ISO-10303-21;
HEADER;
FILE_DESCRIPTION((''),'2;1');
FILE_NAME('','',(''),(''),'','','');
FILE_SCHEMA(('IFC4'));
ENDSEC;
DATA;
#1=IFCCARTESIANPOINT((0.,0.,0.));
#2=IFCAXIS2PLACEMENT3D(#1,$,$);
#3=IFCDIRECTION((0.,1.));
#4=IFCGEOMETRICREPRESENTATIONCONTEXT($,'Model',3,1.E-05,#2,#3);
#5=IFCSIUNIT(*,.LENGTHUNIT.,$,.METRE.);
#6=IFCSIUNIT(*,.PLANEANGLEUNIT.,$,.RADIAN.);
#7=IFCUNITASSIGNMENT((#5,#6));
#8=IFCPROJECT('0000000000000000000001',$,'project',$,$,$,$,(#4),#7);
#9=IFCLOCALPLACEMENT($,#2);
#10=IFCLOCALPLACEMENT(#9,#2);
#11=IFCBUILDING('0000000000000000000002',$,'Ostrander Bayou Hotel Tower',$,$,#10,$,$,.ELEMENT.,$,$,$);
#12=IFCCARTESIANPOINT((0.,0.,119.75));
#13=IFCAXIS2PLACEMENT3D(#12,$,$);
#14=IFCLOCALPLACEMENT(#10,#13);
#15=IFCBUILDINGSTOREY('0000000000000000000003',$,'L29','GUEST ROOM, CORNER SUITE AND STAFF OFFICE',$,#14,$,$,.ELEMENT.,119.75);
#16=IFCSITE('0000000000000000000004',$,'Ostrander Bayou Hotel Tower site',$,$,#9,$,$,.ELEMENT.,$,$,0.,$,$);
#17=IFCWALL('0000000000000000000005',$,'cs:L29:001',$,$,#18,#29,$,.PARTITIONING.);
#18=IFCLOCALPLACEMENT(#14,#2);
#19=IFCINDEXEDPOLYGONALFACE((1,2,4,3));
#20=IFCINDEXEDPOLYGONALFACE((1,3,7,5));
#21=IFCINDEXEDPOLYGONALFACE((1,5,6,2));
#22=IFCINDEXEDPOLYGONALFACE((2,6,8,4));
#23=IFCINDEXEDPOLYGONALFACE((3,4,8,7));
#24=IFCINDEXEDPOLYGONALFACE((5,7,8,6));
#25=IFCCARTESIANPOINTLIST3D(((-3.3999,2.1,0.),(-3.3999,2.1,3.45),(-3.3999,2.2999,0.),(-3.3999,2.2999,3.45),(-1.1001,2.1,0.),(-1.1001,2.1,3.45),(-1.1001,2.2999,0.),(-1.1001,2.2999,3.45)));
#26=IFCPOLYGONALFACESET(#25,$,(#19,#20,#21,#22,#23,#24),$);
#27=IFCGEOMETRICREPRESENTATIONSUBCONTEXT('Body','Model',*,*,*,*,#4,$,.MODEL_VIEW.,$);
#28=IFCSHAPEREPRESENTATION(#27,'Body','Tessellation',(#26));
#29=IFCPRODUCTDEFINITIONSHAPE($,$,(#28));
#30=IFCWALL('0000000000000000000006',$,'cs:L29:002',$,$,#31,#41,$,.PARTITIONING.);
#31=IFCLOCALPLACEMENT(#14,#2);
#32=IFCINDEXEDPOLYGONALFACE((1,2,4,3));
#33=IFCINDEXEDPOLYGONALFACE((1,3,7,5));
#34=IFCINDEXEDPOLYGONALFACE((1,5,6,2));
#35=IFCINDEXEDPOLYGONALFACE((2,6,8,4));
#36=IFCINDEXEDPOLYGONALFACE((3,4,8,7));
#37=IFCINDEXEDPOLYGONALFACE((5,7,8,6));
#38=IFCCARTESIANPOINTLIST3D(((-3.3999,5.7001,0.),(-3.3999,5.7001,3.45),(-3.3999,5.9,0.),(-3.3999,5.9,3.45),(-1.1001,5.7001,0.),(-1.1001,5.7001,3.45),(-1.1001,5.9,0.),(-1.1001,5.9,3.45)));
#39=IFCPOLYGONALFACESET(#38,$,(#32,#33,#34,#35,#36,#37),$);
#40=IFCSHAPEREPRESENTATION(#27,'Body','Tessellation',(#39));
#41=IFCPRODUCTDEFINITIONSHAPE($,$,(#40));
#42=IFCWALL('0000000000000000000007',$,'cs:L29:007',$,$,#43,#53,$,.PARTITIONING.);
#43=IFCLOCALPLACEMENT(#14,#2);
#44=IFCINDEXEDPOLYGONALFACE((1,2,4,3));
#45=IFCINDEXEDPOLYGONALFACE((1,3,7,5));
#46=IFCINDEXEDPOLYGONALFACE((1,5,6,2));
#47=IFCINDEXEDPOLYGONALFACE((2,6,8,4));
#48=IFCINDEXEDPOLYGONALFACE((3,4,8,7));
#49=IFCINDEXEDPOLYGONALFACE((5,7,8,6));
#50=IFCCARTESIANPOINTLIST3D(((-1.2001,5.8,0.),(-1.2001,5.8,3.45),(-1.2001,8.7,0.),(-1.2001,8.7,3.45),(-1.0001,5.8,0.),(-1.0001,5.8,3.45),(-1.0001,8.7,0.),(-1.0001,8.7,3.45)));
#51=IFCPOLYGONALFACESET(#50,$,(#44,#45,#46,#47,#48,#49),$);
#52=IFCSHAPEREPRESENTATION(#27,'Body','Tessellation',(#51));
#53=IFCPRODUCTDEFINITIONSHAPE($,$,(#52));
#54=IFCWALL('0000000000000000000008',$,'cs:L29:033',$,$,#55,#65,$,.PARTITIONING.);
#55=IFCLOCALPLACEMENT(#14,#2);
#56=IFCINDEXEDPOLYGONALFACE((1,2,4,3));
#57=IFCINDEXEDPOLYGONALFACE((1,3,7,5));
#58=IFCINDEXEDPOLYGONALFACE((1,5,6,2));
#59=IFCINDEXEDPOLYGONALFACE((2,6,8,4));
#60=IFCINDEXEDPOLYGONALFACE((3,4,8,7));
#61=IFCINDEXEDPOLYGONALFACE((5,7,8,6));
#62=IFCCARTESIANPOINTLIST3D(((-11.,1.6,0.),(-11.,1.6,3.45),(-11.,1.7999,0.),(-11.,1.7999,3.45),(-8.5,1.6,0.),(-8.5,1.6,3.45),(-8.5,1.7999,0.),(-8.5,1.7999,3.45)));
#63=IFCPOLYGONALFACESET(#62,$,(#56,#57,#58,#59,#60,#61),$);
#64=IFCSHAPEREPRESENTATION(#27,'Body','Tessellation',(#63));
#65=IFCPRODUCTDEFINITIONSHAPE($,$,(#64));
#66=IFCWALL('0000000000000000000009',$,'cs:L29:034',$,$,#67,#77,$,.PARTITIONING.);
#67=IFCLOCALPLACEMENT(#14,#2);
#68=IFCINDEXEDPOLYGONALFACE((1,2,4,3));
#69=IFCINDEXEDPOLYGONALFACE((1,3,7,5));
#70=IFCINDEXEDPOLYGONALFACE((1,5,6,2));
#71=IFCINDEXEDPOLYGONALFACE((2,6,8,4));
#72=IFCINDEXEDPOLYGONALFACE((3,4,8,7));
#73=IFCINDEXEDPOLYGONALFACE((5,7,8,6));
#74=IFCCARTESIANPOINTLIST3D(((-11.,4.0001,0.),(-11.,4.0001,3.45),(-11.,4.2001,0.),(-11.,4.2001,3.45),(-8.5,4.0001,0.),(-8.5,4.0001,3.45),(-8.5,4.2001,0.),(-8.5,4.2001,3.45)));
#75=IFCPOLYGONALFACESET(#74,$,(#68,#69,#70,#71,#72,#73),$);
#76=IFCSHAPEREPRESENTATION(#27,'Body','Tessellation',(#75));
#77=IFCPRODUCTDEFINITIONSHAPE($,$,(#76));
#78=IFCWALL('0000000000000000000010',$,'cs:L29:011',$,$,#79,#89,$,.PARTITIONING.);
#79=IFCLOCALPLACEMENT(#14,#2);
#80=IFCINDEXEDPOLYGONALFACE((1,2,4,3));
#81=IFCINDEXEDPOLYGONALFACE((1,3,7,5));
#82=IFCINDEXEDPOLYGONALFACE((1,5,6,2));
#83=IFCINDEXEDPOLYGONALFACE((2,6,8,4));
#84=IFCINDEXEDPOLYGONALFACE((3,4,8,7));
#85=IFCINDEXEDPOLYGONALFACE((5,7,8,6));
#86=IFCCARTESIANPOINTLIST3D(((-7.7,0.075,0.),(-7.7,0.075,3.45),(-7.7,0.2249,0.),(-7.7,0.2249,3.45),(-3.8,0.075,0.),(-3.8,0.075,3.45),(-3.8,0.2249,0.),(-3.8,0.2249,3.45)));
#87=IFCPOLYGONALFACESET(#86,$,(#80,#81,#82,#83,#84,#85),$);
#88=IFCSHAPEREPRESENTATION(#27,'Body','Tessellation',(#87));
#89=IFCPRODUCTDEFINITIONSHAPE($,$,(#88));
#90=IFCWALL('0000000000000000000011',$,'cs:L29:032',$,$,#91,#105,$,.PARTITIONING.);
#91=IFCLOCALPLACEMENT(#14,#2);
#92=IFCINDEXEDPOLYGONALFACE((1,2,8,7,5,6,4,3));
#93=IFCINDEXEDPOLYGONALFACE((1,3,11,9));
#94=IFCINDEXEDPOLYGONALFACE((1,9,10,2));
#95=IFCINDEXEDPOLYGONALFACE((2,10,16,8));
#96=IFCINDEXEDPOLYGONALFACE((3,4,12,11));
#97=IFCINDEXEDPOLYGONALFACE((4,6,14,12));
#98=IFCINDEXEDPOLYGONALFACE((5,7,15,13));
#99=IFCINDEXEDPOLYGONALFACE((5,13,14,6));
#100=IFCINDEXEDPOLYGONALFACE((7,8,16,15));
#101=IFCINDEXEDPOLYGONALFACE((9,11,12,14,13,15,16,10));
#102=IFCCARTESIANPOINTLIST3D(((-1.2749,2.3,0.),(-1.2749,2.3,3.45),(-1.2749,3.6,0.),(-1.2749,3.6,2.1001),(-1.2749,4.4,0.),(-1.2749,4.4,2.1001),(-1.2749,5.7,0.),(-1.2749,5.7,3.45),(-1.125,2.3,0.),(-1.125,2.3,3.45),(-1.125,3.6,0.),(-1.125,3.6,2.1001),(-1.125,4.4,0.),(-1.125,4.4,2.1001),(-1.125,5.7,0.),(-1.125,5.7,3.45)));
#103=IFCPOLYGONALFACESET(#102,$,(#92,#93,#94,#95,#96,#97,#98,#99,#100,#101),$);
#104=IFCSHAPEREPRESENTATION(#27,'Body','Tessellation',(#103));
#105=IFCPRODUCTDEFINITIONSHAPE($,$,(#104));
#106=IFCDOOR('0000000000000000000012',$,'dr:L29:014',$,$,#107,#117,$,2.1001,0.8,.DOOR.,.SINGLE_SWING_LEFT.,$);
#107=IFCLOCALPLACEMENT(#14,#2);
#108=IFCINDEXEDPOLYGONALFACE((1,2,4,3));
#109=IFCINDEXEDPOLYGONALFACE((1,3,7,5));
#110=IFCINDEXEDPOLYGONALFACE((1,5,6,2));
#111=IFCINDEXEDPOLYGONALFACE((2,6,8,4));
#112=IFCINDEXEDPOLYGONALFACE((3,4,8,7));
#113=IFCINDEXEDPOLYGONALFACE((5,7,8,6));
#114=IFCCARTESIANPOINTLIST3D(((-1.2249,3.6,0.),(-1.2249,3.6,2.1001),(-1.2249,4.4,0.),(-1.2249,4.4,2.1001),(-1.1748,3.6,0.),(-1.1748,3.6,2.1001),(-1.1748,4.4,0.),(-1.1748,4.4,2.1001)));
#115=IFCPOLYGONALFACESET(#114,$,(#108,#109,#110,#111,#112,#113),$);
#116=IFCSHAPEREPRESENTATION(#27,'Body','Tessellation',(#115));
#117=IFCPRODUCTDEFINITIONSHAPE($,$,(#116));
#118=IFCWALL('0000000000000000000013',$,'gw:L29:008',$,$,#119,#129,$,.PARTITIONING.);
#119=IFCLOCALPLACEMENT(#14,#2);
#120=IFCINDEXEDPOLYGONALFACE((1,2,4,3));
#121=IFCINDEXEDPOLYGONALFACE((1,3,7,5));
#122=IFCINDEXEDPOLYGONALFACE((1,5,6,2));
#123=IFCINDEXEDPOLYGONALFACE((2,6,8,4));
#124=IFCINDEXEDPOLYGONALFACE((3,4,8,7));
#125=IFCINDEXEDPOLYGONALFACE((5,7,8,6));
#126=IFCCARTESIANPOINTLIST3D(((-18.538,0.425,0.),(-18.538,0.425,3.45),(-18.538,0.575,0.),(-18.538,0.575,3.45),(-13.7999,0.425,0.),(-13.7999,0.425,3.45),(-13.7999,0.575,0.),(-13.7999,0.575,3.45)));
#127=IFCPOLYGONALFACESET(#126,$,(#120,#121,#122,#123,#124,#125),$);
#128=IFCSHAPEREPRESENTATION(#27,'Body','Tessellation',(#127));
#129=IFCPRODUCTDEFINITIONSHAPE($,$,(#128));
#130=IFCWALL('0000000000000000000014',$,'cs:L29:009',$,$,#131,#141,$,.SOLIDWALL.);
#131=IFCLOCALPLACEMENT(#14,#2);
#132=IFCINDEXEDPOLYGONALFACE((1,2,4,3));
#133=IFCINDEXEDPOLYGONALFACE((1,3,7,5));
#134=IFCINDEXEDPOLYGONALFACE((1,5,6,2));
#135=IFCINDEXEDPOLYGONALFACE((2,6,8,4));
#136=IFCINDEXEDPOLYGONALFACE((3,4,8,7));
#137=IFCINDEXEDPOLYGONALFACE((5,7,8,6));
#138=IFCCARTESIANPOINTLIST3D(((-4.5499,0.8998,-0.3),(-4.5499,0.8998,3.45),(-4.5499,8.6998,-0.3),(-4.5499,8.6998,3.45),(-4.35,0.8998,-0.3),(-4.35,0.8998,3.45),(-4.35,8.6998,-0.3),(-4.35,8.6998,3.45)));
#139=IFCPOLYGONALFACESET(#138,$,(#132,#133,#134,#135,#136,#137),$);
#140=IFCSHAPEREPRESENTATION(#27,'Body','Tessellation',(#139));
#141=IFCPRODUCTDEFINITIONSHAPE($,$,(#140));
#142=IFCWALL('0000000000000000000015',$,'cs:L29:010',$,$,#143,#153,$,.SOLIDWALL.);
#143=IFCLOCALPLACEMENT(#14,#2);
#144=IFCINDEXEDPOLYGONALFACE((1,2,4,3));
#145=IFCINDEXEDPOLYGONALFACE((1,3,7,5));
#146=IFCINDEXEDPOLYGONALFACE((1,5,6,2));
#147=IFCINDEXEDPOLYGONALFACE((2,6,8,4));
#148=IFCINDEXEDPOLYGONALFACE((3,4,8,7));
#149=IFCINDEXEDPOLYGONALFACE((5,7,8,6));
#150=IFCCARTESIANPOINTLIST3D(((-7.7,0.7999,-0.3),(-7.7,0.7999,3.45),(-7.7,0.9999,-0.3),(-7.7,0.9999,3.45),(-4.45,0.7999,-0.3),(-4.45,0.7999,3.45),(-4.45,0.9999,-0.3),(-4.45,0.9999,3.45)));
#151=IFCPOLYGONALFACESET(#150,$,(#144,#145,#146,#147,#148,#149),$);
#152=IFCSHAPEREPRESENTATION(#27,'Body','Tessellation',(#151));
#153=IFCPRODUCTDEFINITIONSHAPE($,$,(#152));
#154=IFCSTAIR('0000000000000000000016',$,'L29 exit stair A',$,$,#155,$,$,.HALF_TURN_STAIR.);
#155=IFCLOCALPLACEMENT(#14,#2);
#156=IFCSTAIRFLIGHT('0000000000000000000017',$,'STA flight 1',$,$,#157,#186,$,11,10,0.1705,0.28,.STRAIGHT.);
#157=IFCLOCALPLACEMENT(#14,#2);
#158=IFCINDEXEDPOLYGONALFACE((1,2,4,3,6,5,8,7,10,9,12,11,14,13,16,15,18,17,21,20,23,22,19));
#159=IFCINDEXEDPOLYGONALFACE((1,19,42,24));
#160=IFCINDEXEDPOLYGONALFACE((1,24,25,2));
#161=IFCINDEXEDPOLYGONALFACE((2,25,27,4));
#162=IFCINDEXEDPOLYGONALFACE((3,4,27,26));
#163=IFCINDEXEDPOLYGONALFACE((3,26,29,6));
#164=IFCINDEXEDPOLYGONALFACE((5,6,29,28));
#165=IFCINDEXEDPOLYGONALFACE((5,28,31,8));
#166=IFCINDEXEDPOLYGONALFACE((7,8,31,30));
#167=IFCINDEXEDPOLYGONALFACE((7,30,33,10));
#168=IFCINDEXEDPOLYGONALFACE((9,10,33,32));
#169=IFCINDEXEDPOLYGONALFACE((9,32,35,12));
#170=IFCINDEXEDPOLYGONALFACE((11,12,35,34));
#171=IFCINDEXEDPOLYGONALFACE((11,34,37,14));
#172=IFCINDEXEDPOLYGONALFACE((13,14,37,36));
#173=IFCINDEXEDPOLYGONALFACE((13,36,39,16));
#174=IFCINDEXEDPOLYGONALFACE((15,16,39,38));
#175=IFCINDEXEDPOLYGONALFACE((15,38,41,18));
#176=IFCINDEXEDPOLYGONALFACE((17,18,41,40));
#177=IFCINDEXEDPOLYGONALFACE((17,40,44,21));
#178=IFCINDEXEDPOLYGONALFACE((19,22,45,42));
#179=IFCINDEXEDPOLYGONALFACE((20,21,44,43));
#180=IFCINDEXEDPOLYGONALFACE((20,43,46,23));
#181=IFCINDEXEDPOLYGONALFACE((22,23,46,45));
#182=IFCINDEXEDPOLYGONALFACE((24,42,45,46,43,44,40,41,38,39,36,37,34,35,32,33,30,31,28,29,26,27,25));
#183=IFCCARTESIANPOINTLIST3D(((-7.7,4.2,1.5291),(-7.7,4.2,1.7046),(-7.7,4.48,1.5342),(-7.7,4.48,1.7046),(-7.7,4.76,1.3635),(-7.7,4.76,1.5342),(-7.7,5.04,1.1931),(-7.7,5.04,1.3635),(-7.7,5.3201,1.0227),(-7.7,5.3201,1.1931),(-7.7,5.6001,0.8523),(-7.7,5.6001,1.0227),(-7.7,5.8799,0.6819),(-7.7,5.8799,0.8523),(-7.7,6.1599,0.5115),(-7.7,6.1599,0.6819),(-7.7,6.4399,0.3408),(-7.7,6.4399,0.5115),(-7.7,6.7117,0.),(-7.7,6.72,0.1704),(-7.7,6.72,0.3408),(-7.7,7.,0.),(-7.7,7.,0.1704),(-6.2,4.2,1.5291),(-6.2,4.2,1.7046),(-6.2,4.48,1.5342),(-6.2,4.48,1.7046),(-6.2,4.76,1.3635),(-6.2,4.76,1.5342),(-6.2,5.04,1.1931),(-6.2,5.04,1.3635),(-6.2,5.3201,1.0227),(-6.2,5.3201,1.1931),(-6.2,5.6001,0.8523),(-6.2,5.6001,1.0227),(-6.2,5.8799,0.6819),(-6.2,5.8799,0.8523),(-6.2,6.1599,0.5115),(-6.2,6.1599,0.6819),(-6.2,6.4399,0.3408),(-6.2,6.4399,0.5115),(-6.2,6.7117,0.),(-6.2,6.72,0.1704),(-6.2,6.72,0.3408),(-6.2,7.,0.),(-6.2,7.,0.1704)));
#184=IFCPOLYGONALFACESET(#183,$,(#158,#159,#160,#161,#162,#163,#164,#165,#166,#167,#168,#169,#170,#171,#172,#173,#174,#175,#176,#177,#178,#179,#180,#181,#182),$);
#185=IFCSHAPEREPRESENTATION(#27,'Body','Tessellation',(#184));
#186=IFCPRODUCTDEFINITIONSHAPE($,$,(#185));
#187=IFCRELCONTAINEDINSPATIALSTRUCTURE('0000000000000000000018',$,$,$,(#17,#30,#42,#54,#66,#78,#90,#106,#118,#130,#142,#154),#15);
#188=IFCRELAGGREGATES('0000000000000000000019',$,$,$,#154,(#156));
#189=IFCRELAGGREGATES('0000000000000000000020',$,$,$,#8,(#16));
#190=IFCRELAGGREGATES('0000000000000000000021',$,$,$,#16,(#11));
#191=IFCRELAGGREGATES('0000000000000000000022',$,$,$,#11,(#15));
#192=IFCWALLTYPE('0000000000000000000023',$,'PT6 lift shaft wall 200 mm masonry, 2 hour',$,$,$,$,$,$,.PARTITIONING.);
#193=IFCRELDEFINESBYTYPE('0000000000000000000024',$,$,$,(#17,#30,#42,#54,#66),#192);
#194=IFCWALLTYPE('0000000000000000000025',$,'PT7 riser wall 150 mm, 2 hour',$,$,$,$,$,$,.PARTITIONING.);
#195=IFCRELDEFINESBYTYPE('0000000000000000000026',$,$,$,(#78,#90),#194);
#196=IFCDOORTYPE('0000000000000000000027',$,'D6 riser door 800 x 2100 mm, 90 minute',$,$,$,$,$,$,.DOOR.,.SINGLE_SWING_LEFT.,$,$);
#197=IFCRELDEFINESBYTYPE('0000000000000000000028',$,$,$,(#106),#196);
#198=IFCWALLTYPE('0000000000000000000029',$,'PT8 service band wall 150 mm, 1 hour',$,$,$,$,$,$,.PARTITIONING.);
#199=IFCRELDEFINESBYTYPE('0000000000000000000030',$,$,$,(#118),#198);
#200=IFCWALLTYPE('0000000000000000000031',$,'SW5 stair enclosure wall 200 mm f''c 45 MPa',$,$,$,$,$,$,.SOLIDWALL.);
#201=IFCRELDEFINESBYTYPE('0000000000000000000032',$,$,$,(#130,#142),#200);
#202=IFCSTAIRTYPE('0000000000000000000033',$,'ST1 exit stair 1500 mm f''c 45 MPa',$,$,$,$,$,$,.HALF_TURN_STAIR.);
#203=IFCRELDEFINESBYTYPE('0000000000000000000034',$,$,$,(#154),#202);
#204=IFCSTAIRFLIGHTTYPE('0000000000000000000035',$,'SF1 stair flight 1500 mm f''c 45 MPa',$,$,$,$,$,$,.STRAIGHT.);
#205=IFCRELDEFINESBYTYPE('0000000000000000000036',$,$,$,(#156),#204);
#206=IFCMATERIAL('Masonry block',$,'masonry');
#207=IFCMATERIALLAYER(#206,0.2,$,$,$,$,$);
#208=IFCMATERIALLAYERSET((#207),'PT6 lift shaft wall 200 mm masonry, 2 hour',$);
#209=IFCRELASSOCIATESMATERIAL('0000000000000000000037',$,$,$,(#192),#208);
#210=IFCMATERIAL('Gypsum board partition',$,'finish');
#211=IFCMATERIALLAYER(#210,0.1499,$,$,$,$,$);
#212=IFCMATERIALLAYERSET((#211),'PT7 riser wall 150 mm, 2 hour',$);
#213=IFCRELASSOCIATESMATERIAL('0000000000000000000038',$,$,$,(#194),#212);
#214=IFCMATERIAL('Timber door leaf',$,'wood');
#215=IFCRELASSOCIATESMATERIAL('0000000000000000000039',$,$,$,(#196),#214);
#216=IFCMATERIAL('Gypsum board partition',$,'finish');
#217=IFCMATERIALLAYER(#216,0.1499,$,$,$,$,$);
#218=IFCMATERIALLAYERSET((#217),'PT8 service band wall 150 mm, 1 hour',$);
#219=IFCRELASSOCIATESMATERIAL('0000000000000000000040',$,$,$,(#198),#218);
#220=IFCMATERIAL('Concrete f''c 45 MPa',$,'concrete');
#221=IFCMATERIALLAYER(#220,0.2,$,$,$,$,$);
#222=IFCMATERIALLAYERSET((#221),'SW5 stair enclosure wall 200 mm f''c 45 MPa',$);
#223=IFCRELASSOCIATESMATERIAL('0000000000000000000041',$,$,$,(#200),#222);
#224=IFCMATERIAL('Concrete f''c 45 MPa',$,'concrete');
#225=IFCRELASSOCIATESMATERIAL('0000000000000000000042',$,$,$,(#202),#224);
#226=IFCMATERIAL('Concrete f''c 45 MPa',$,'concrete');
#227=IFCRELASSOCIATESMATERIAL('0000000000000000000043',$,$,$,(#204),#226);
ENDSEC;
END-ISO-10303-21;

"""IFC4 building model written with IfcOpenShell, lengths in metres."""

from ifc_helpers import new_model, si_unit, direction, frame, frame_2d, origin, place, context, subcontext, project, spatial, polyline, rectangle, outline, extrude, material, layer, layer_set, type_object, element, fill, aggregate, save


model = new_model("IFC4")

# Units and contexts
model_context = context("Model", 3, precision=1e-05, world=origin(), true_north=direction((0.0, 1.0)))
body_context = subcontext(model_context, "Body", "Model", "MODEL_VIEW")
ifc_project = project(units=[si_unit("LENGTHUNIT", "METRE"), si_unit("PLANEANGLEUNIT", "RADIAN")], contexts=[model_context])

# Site, building, storey
site_placement = place(None, origin())
site = spatial("IfcSite", under=ifc_project, at=site_placement, Name="Ostrander Bayou Hotel Tower site", CompositionType="ELEMENT", RefElevation=0.0)
building_placement = place(site_placement, origin())
building = spatial("IfcBuilding", under=site, at=building_placement, Name="Ostrander Bayou Hotel Tower", CompositionType="ELEMENT")
storey_placement = place(building_placement, frame((0.0, 0.0, 119.75)))
storey = spatial("IfcBuildingStorey", under=building, at=storey_placement, Name="L29", Description="GUEST ROOM, CORNER SUITE AND STAFF OFFICE", CompositionType="ELEMENT", Elevation=119.75)

# Walls
ifc_material_1 = material(Name="Masonry block", Category="masonry")
ifc_layer_1 = layer(ifc_material_1, 0.2)
ifc_layer_set_1 = layer_set([ifc_layer_1], Name="PT6 lift shaft wall 200 mm masonry, 2 hour")
wall_type_1 = type_object("IfcWallType", Name="PT6 lift shaft wall 200 mm masonry, 2 hour", PredefinedType="PARTITIONING", material=ifc_layer_set_1)
for number, where, z_axis, x_axis, name in (
    (1, (-3.3999, 2.2, 0.0), (0.0, 0.0, 1.0), (1.0, 0.0, 0.0), "cs:L29:001"),
    (2, (-3.3999, 5.8, 0.0), (0.0, 0.0, 1.0), (1.0, 0.0, 0.0), "cs:L29:002"),
):
    element("IfcWall", number, at=place(storey_placement, frame(where, z_axis=z_axis, x_axis=x_axis)), inside=storey, type_object=wall_type_1, Name=name, PredefinedType="PARTITIONING", context=body_context, shape_type="SweptSolid", body=[
        extrude(rectangle(XDim=2.2998, YDim=0.2, at=frame_2d((1.1499, 0.0))), origin(), (0.0, 0.0, 1.0), 3.45),
    ])
wall_1_placement = place(storey_placement, frame((-1.1001, 5.8, 0.0), z_axis=(0.0, 0.0, 1.0), x_axis=(0.0, 1.0, 0.0)))
element("IfcWall", 3, at=wall_1_placement, inside=storey, type_object=wall_type_1, Name="cs:L29:007", PredefinedType="PARTITIONING", context=body_context, shape_type="SweptSolid", body=[
    extrude(rectangle(XDim=2.8999, YDim=0.2, at=frame_2d((1.45, 0.0))), origin(), (0.0, 0.0, 1.0), 3.45),
])
for number, where, z_axis, x_axis, name in (
    (4, (-11.0, 1.7, 0.0), (0.0, 0.0, 1.0), (1.0, 0.0, 0.0), "cs:L29:033"),
    (5, (-11.0, 4.1001, 0.0), (0.0, 0.0, 1.0), (1.0, 0.0, 0.0), "cs:L29:034"),
):
    element("IfcWall", number, at=place(storey_placement, frame(where, z_axis=z_axis, x_axis=x_axis)), inside=storey, type_object=wall_type_1, Name=name, PredefinedType="PARTITIONING", context=body_context, shape_type="SweptSolid", body=[
        extrude(rectangle(XDim=2.5, YDim=0.2, at=frame_2d((1.25, 0.0))), origin(), (0.0, 0.0, 1.0), 3.45),
    ])
ifc_material_2 = material(Name="Gypsum board partition", Category="finish")
ifc_layer_2 = layer(ifc_material_2, 0.1499)
ifc_layer_set_2 = layer_set([ifc_layer_2], Name="PT7 riser wall 150 mm, 2 hour")
wall_type_2 = type_object("IfcWallType", Name="PT7 riser wall 150 mm, 2 hour", PredefinedType="PARTITIONING", material=ifc_layer_set_2)
wall_2_placement = place(storey_placement, frame((-7.7, 0.1499, 0.0), z_axis=(0.0, 0.0, 1.0), x_axis=(1.0, 0.0, 0.0)))
element("IfcWall", 6, at=wall_2_placement, inside=storey, type_object=wall_type_2, Name="cs:L29:011", PredefinedType="PARTITIONING", context=body_context, shape_type="SweptSolid", body=[
    extrude(rectangle(XDim=3.8999, YDim=0.1499, at=frame_2d((1.95, 0.0))), origin(), (0.0, 0.0, 1.0), 3.45),
])

# Wall, opening, door
wall_3_placement = place(storey_placement, frame((-1.2, 2.3, 0.0), z_axis=(0.0, 0.0, 1.0), x_axis=(0.0, 1.0, 0.0)))
wall_3 = element("IfcWall", 7, at=wall_3_placement, inside=storey, type_object=wall_type_2, Name="cs:L29:032", PredefinedType="PARTITIONING", context=body_context, shape_type="SweptSolid", body=[
    extrude(rectangle(XDim=3.3999, YDim=0.1499, at=frame_2d((1.7, 0.0))), origin(), (0.0, 0.0, 1.0), 3.45),
])
opening_1_placement = place(wall_3_placement, frame((1.3, 0.0, 0.0)))
opening_1 = element("IfcOpeningElement", 8, at=opening_1_placement, cuts=wall_3, PredefinedType="OPENING", context=body_context, shape_type="SweptSolid", body=[
    extrude(rectangle(XDim=0.8, YDim=2.1001, at=frame_2d((0.3999, 1.05))), frame((0.0, 0.075, 0.0), z_axis=(0.0, -1.0, 0.0), x_axis=(1.0, 0.0, 0.0)), (0.0, 0.0, 1.0), 0.1499),
])
ifc_material_3 = material(Name="Timber door leaf", Category="wood")
door_type_1 = type_object("IfcDoorType", Name="D6 riser door 800 x 2100 mm, 90 minute", OperationType="SINGLE_SWING_LEFT", PredefinedType="DOOR", material=ifc_material_3)
door_1_placement = place(opening_1_placement, origin())
door_1 = element("IfcDoor", 9, at=door_1_placement, inside=storey, type_object=door_type_1, Name="dr:L29:014", OperationType="SINGLE_SWING_LEFT", OverallHeight=2.1001, OverallWidth=0.8, PredefinedType="DOOR", context=body_context, shape_type="SweptSolid", body=[
    extrude(rectangle(XDim=0.8, YDim=2.1001, at=frame_2d((0.3999, 1.05))), frame((0.0, 0.0249, 0.0), z_axis=(0.0, -1.0, 0.0), x_axis=(1.0, 0.0, 0.0)), (0.0, 0.0, 1.0), 0.05),
])
fill(opening_1, door_1)

# Walls
ifc_material_4 = material(Name="Gypsum board partition", Category="finish")
ifc_layer_3 = layer(ifc_material_4, 0.1499)
ifc_layer_set_3 = layer_set([ifc_layer_3], Name="PT8 service band wall 150 mm, 1 hour")
wall_type_3 = type_object("IfcWallType", Name="PT8 service band wall 150 mm, 1 hour", PredefinedType="PARTITIONING", material=ifc_layer_set_3)
wall_4_placement = place(storey_placement, frame((-18.5381, 0.5, 0.0), z_axis=(0.0, 0.0, 1.0), x_axis=(1.0, 0.0, 0.0)))
element("IfcWall", 10, at=wall_4_placement, inside=storey, type_object=wall_type_3, Name="gw:L29:008", PredefinedType="PARTITIONING", context=body_context, shape_type="SweptSolid", body=[
    extrude(rectangle(XDim=4.738, YDim=0.1499, at=frame_2d((2.3691, 0.0))), origin(), (0.0, 0.0, 1.0), 3.45),
])
ifc_material_5 = material(Name="Concrete f'c 45 MPa", Category="concrete")
ifc_layer_4 = layer(ifc_material_5, 0.2)
ifc_layer_set_4 = layer_set([ifc_layer_4], Name="SW5 stair enclosure wall 200 mm f'c 45 MPa")
wall_type_4 = type_object("IfcWallType", Name="SW5 stair enclosure wall 200 mm f'c 45 MPa", PredefinedType="SOLIDWALL", material=ifc_layer_set_4)
wall_5_placement = place(storey_placement, frame((-4.45, 0.8999, -0.3), z_axis=(0.0, 0.0, 1.0), x_axis=(0.0, 1.0, 0.0)))
element("IfcWall", 11, at=wall_5_placement, inside=storey, type_object=wall_type_4, Name="cs:L29:009", PredefinedType="SOLIDWALL", context=body_context, shape_type="SweptSolid", body=[
    extrude(rectangle(XDim=7.8, YDim=0.2, at=frame_2d((3.8999, 0.0))), origin(), (0.0, 0.0, 1.0), 3.75),
])
wall_6_placement = place(storey_placement, frame((-7.7, 0.8999, -0.3), z_axis=(0.0, 0.0, 1.0), x_axis=(1.0, 0.0, 0.0)))
element("IfcWall", 12, at=wall_6_placement, inside=storey, type_object=wall_type_4, Name="cs:L29:010", PredefinedType="SOLIDWALL", context=body_context, shape_type="SweptSolid", body=[
    extrude(rectangle(XDim=3.25, YDim=0.2, at=frame_2d((1.625, 0.0))), origin(), (0.0, 0.0, 1.0), 3.75),
])

# Stair, stair flight
ifc_material_6 = material(Name="Concrete f'c 45 MPa", Category="concrete")
stair_type = type_object("IfcStairType", Name="ST1 exit stair 1500 mm f'c 45 MPa", PredefinedType="HALF_TURN_STAIR", material=ifc_material_6)
stair_placement = place(storey_placement, origin())
stair = element("IfcStair", 13, at=stair_placement, inside=storey, type_object=stair_type, Name="L29 exit stair A", PredefinedType="HALF_TURN_STAIR")
ifc_material_7 = material(Name="Concrete f'c 45 MPa", Category="concrete")
stair_flight_type = type_object("IfcStairFlightType", Name="SF1 stair flight 1500 mm f'c 45 MPa", PredefinedType="STRAIGHT", material=ifc_material_7)
stair_flight_1_placement = place(storey_placement, frame((-6.95, 7.0, 0.0), z_axis=(0.0, 0.0, 1.0), x_axis=(0.0, -1.0, 0.0)))
stair_flight_1 = element("IfcStairFlight", 14, at=stair_flight_1_placement, type_object=stair_flight_type, Name="STA flight 1", NumberOfRisers=11, NumberOfTreads=10, PredefinedType="STRAIGHT", RiserHeight=0.1705, TreadLength=0.28, context=body_context, shape_type="SweptSolid", body=[
    extrude(outline(polyline([(0.0, 0.0), (0.0, 0.1704), (0.28, 0.1704), (0.28, 0.3408), (0.5601, 0.3408), (0.5601, 0.5115), (0.8401, 0.5115), (0.8401, 0.6819), (1.1201, 0.6819), (1.1201, 0.8523), (1.3999, 0.8523), (1.3999, 1.0227), (1.6799, 1.0227), (1.6799, 1.1931), (1.96, 1.1931), (1.96, 1.3635), (2.24, 1.3635), (2.24, 1.5342), (2.52, 1.5342), (2.52, 1.7046), (2.8, 1.7046), (2.8, 1.875), (2.8, 1.5291), (0.2883, 0.0), (0.0, 0.0)])), frame((0.0, 0.75, 0.0), z_axis=(0.0, -1.0, 0.0), x_axis=(1.0, 0.0, 0.0)), (0.0, 0.0, 1.0), 1.5),
])
aggregate(stair, [stair_flight_1])

save(model, "model.ifc")
